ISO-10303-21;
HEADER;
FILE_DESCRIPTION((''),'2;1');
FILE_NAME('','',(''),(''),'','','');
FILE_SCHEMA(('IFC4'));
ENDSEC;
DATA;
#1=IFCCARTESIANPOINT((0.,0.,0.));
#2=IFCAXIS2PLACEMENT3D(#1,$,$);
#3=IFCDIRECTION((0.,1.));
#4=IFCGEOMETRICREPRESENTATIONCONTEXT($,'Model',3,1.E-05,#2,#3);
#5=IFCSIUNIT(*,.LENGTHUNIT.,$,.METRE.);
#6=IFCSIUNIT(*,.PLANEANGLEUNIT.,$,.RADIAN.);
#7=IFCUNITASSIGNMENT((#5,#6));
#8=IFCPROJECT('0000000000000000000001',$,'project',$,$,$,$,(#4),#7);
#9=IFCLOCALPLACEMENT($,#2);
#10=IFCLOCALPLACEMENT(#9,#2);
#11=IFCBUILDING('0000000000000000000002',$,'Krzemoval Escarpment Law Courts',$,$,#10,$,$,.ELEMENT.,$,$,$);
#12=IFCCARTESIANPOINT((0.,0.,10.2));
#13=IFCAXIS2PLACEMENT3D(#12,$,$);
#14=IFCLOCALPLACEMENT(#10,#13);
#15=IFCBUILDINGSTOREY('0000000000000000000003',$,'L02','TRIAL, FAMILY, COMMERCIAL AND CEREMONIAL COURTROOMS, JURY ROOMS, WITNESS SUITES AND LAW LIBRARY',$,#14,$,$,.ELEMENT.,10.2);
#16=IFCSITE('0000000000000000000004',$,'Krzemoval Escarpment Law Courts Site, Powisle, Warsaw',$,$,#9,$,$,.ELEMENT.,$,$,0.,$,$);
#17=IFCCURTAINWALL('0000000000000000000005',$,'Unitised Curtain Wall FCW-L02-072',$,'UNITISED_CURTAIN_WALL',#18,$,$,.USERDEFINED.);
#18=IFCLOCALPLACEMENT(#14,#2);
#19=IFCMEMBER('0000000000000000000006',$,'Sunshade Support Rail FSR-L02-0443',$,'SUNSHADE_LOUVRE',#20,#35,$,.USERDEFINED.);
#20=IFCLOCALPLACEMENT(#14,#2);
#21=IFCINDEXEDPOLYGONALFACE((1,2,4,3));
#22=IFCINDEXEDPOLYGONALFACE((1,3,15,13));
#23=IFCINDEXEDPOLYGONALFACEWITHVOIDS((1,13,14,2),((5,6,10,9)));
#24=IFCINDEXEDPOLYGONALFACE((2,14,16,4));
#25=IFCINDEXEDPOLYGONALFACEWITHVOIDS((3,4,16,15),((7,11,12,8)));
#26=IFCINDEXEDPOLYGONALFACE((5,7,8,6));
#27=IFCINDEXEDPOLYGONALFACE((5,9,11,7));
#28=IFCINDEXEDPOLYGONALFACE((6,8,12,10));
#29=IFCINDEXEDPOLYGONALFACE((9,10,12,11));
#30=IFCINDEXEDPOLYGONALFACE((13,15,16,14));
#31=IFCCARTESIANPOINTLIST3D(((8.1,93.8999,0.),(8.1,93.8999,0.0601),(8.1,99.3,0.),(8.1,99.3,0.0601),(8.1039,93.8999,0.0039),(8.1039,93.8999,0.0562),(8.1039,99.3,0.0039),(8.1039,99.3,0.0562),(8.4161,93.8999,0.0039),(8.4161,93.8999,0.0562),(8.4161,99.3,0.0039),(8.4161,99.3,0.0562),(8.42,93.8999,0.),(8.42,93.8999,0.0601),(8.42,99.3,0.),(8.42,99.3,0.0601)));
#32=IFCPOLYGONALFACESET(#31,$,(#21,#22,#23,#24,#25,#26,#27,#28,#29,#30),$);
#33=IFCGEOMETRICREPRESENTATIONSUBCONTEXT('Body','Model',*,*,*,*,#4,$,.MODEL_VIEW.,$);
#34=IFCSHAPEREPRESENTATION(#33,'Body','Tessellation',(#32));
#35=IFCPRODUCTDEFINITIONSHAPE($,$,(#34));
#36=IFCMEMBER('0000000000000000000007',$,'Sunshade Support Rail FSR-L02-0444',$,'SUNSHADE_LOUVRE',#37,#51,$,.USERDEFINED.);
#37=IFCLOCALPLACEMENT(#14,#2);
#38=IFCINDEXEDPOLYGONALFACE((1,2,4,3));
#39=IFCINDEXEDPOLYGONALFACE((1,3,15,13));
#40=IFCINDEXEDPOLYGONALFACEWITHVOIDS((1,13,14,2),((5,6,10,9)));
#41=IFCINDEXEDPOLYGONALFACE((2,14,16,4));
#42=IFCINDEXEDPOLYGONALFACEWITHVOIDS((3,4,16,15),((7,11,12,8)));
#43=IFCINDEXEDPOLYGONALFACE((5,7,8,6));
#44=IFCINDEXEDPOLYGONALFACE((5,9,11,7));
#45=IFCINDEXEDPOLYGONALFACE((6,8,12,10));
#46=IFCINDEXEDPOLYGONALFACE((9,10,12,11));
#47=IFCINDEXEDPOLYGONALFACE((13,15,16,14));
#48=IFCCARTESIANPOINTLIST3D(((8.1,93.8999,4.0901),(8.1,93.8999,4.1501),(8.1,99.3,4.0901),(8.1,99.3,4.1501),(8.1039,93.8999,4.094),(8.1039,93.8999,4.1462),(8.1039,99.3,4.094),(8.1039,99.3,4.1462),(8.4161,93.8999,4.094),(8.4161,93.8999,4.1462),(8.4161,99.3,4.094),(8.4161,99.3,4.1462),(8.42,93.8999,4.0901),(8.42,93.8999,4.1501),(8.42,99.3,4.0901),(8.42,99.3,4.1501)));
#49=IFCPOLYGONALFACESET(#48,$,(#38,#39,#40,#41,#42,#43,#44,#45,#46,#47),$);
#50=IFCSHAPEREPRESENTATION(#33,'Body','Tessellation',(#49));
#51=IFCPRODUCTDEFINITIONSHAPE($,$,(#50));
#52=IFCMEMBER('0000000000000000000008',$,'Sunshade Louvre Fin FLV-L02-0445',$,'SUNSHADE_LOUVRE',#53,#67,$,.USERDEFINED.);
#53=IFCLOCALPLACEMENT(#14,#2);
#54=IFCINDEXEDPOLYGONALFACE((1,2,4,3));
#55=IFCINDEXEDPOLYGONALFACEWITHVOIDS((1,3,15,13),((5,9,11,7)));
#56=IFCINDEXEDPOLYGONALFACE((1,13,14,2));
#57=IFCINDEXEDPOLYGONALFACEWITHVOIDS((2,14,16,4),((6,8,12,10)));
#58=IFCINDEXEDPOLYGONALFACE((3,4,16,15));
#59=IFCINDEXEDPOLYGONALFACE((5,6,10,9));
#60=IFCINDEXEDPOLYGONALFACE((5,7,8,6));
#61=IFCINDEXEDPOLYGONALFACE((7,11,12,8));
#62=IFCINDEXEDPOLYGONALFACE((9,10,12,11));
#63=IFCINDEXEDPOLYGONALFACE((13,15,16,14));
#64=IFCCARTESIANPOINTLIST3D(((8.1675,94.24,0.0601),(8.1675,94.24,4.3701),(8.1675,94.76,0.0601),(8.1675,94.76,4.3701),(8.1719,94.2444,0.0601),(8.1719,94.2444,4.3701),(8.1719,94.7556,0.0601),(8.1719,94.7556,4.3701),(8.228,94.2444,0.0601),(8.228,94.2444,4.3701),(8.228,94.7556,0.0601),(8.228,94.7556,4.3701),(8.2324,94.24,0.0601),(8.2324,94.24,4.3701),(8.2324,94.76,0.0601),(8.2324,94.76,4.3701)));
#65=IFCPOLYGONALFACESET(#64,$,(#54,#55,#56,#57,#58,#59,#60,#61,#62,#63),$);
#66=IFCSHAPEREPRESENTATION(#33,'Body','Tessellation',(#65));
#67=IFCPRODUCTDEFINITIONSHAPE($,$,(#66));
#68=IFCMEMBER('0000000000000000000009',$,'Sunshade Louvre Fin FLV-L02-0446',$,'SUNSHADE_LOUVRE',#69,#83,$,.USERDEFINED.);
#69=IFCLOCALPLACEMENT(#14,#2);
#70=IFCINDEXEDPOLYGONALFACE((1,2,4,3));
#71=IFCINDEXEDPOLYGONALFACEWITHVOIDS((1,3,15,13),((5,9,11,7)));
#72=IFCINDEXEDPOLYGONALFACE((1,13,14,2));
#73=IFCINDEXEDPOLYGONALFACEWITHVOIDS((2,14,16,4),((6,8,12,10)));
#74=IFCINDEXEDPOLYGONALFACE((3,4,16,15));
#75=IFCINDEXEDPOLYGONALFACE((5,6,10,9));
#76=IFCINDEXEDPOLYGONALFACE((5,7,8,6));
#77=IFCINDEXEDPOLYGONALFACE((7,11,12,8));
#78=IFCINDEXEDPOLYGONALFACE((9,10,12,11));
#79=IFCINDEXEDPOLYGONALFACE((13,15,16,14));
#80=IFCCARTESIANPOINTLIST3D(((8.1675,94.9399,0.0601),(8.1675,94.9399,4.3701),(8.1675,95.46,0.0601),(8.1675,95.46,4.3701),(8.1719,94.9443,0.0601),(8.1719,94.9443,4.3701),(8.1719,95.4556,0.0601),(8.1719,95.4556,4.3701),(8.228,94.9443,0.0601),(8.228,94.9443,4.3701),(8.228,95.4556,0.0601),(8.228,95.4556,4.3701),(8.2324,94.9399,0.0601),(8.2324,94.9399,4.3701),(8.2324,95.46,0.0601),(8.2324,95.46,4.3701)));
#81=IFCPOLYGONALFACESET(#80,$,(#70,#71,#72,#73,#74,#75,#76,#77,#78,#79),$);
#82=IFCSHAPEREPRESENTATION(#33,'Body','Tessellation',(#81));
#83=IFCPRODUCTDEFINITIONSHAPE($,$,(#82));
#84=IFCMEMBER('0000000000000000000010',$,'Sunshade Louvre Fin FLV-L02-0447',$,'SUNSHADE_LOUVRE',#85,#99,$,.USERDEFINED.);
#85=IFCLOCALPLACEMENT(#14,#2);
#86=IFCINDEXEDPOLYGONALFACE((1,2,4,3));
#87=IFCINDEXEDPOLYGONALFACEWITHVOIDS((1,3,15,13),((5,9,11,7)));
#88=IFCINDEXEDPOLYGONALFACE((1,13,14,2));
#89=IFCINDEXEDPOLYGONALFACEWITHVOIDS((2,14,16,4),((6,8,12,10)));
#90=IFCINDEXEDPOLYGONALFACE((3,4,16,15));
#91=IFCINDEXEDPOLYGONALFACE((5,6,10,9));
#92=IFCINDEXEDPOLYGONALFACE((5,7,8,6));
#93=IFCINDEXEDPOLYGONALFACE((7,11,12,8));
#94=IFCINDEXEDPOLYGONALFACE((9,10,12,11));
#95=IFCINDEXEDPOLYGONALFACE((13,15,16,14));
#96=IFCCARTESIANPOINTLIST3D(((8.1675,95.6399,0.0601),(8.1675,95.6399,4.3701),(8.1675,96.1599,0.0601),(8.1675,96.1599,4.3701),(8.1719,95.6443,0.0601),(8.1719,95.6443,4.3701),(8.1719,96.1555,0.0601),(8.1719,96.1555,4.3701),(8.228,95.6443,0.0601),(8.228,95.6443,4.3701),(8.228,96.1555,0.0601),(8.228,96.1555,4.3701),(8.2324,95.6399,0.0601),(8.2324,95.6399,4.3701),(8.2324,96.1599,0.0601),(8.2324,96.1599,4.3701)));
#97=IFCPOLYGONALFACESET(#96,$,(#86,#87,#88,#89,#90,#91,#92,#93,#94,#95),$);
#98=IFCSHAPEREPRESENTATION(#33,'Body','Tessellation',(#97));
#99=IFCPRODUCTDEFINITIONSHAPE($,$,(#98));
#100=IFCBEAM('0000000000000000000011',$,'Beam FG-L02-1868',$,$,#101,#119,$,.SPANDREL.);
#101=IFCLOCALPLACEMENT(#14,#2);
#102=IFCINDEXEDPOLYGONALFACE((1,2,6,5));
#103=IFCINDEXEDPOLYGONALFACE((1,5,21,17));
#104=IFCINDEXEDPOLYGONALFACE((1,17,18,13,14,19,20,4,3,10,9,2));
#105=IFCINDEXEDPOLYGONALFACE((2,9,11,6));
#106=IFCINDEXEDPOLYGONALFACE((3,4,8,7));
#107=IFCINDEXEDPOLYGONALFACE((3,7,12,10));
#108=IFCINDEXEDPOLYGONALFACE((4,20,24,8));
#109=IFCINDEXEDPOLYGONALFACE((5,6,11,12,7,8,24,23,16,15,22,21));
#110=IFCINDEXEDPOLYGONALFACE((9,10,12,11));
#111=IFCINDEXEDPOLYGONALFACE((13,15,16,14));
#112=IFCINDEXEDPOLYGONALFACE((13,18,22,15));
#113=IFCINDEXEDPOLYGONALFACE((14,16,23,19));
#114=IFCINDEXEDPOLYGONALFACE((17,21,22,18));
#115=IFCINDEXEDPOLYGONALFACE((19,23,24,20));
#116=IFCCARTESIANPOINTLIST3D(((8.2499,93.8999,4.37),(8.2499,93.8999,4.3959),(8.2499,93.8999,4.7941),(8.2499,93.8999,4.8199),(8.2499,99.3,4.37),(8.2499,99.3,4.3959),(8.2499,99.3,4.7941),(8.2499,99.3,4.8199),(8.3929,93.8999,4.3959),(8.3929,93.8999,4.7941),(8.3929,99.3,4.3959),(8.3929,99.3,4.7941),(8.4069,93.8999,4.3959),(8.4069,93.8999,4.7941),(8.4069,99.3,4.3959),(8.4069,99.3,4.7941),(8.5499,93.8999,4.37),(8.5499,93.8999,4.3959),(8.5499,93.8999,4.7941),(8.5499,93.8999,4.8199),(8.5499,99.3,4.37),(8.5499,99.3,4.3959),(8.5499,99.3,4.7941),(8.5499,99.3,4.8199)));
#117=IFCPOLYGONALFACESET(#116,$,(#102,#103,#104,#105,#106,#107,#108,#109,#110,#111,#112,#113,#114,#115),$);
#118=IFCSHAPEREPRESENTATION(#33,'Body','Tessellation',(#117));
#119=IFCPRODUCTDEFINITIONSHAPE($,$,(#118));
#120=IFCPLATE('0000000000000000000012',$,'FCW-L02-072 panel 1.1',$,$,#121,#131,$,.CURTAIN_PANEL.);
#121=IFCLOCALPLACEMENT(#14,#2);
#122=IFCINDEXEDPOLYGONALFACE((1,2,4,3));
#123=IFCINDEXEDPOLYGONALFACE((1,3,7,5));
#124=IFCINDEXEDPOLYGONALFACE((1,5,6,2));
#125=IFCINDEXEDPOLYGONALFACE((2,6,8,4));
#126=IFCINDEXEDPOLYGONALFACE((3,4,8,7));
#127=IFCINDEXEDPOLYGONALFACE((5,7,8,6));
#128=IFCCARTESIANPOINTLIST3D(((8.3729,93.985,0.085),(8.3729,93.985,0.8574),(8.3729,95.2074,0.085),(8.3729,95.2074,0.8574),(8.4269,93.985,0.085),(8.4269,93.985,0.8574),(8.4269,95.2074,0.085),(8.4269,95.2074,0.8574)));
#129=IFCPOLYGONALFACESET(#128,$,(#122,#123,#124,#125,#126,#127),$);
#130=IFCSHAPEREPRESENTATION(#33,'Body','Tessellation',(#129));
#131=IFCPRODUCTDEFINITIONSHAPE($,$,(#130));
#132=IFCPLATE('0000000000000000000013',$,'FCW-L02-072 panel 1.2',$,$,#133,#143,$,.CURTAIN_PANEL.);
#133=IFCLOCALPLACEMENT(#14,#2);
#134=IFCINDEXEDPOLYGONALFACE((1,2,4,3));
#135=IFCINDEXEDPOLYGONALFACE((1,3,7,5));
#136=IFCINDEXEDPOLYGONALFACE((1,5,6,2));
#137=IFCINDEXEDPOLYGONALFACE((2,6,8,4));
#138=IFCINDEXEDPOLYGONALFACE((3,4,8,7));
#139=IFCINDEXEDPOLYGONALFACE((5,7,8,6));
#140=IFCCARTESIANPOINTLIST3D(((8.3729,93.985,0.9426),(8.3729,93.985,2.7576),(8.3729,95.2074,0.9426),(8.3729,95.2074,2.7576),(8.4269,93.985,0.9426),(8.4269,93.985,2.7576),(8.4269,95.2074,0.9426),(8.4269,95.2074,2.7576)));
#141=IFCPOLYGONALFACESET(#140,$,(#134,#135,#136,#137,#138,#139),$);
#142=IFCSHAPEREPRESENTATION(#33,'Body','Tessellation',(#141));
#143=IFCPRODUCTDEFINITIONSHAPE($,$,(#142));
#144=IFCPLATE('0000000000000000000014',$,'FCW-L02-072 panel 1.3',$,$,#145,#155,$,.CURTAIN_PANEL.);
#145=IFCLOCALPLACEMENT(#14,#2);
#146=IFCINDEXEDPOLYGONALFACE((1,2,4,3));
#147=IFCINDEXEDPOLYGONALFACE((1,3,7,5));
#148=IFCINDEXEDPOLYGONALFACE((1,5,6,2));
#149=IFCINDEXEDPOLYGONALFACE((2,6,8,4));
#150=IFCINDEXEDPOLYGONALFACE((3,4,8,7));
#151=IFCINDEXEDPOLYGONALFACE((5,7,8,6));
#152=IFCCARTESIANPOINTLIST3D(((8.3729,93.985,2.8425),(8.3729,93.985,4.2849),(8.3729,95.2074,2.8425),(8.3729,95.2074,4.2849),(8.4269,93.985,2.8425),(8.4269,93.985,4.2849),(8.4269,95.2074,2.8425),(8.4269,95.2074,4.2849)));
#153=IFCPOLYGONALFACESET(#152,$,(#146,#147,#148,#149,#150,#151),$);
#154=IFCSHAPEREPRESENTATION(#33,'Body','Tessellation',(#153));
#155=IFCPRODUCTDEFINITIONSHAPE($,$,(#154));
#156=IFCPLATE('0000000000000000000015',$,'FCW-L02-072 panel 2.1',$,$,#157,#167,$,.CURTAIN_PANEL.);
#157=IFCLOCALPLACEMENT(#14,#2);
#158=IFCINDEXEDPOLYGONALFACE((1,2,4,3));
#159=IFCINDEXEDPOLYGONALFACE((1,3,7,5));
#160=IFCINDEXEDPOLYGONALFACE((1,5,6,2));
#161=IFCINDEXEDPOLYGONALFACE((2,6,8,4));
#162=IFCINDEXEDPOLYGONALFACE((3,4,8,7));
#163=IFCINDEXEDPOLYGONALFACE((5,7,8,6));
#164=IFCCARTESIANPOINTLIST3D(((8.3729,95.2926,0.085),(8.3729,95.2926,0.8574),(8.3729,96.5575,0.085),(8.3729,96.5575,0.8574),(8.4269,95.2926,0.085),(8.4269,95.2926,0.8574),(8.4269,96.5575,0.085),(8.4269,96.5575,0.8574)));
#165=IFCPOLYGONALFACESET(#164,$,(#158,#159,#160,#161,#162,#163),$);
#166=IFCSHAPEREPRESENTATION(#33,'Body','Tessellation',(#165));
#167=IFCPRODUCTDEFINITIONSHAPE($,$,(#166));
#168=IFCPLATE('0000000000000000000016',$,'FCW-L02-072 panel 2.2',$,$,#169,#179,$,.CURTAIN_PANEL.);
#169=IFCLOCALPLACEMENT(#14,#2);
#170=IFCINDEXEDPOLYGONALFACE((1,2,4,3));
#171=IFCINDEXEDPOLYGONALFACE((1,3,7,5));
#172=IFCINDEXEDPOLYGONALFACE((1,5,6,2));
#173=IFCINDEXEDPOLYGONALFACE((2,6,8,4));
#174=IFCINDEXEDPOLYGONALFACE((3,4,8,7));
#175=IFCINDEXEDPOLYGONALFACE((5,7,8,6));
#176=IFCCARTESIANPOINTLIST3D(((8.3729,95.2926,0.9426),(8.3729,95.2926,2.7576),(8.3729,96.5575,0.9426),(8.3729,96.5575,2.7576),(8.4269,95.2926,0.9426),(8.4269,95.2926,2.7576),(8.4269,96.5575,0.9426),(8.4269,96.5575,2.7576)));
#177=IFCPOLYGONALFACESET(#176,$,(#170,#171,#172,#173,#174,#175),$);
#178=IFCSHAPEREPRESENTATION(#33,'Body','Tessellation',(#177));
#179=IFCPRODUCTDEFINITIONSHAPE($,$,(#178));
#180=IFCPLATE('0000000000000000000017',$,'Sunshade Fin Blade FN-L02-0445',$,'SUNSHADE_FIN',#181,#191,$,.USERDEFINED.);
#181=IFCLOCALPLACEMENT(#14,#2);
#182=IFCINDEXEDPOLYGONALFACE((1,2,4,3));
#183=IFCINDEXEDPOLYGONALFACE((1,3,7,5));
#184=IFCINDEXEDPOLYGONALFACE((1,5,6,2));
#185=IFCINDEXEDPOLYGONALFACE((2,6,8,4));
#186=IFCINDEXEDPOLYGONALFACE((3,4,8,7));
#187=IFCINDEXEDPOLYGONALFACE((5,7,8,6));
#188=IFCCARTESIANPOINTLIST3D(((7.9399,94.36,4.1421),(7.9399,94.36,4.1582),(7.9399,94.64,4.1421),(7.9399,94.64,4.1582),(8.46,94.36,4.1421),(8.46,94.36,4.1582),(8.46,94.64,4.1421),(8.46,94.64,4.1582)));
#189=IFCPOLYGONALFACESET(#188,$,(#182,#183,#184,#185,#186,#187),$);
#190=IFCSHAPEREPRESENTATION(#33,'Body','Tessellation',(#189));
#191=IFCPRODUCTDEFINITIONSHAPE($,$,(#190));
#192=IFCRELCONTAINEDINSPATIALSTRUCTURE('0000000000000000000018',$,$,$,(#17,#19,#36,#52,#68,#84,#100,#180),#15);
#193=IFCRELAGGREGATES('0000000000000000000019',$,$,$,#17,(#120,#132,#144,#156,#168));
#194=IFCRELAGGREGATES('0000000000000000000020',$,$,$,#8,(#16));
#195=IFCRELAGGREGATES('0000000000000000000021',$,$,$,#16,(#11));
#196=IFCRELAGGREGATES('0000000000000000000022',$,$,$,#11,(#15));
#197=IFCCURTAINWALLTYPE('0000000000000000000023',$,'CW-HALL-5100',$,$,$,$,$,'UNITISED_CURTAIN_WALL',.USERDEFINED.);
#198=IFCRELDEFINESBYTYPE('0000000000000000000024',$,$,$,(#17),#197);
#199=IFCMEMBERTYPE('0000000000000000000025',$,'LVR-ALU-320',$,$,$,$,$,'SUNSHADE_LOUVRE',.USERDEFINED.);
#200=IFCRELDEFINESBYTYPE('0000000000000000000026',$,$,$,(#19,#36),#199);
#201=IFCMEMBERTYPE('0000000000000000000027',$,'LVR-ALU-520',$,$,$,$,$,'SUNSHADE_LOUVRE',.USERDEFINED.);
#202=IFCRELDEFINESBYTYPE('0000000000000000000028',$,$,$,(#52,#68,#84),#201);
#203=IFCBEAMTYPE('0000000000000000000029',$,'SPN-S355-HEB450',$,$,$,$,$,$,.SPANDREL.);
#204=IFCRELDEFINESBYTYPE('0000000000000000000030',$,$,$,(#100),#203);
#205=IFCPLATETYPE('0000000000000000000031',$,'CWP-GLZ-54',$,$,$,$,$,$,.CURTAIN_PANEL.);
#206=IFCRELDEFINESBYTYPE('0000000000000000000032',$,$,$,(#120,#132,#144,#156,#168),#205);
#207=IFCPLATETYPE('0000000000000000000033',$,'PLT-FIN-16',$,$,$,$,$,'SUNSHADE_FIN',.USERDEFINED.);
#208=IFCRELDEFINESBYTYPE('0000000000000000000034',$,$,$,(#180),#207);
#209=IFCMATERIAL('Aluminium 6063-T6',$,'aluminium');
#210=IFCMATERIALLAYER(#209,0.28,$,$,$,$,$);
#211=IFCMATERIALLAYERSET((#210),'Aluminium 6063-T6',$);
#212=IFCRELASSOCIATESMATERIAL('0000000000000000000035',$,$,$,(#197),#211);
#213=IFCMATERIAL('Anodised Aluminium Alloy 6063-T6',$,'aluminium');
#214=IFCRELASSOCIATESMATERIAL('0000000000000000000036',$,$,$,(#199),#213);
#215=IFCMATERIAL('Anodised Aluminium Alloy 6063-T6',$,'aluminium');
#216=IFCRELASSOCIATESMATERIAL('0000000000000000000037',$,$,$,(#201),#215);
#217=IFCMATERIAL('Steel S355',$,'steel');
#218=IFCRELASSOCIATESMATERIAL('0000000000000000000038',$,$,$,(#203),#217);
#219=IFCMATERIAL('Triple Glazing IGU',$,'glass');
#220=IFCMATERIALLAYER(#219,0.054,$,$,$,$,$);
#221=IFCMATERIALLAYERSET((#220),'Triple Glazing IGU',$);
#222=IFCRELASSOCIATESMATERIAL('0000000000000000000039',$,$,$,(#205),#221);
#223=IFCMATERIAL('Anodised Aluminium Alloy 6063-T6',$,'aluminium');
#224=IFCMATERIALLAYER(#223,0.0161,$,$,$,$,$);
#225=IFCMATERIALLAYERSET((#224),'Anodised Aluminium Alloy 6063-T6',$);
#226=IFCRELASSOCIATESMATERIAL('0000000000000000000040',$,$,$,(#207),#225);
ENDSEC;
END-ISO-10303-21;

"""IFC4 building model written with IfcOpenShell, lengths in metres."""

from ifc_helpers import new_model, si_unit, direction, frame, origin, origin_2d, place, context, subcontext, project, spatial, rectangle, hollow_rectangle, i_section, extrude, material, layer, layer_set, material_profile, profile_set, type_object, element, aggregate, save


model = new_model("IFC4")

# Units and contexts
model_context = context("Model", 3, precision=1e-05, world=origin(), true_north=direction((0.0, 1.0)))
body_context = subcontext(model_context, "Body", "Model", "MODEL_VIEW")
ifc_project = project(units=[si_unit("LENGTHUNIT", "METRE"), si_unit("PLANEANGLEUNIT", "RADIAN")], contexts=[model_context])

# Site, building, storey
site_placement = place(None, origin())
site = spatial("IfcSite", under=ifc_project, at=site_placement, Name="Krzemoval Escarpment Law Courts Site, Powisle, Warsaw", CompositionType="ELEMENT", RefElevation=0.0)
building_placement = place(site_placement, origin())
building = spatial("IfcBuilding", under=site, at=building_placement, Name="Krzemoval Escarpment Law Courts", CompositionType="ELEMENT")
storey_placement = place(building_placement, frame((0.0, 0.0, 10.2)))
storey = spatial("IfcBuildingStorey", under=building, at=storey_placement, Name="L02", Description="TRIAL, FAMILY, COMMERCIAL AND CEREMONIAL COURTROOMS, JURY ROOMS, WITNESS SUITES AND LAW LIBRARY", CompositionType="ELEMENT", Elevation=10.2)

# Curtain wall
ifc_material_1 = material(Name="Aluminium 6063-T6", Category="aluminium")
ifc_layer_1 = layer(ifc_material_1, 0.28)
ifc_layer_set_1 = layer_set([ifc_layer_1], Name="Aluminium 6063-T6")
curtain_wall_type = type_object("IfcCurtainWallType", Name="CW-HALL-5100", ElementType="UNITISED_CURTAIN_WALL", PredefinedType="USERDEFINED", material=ifc_layer_set_1)
curtain_wall_placement = place(storey_placement, origin())
curtain_wall = element("IfcCurtainWall", 1, at=curtain_wall_placement, inside=storey, type_object=curtain_wall_type, Name="Unitised Curtain Wall FCW-L02-072", ObjectType="UNITISED_CURTAIN_WALL", PredefinedType="USERDEFINED")

# Members
ifc_material_2 = material(Name="Anodised Aluminium Alloy 6063-T6", Category="aluminium")
ifc_material_profile_1 = material_profile(ifc_material_2, hollow_rectangle(XDim=0.0601, YDim=0.3201, WallThickness=0.0039, at=origin_2d()), Name="ALU LVR 60x320")
ifc_profile_set_1 = profile_set([ifc_material_profile_1], Name="Anodised Aluminium Alloy 6063-T6")
member_type_1 = type_object("IfcMemberType", Name="LVR-ALU-320", ElementType="SUNSHADE_LOUVRE", PredefinedType="USERDEFINED", material=ifc_profile_set_1)
for number, where, z_axis, x_axis, name in (
    (2, (8.26, 93.8999, 0.03), (0.0, 1.0, 0.0), (0.0, 0.0, 1.0), "Sunshade Support Rail FSR-L02-0443"),
    (3, (8.26, 93.8999, 4.1201), (0.0, 1.0, 0.0), (0.0, 0.0, 1.0), "Sunshade Support Rail FSR-L02-0444"),
):
    element("IfcMember", number, at=place(storey_placement, frame(where, z_axis=z_axis, x_axis=x_axis)), inside=storey, type_object=member_type_1, Name=name, ObjectType="SUNSHADE_LOUVRE", PredefinedType="USERDEFINED", context=body_context, shape_type="SweptSolid", body=[
        extrude(hollow_rectangle(XDim=0.0601, YDim=0.3201, WallThickness=0.0039, at=origin_2d()), origin(), (0.0, 0.0, 1.0), 5.4001),
    ])
ifc_material_3 = material(Name="Anodised Aluminium Alloy 6063-T6", Category="aluminium")
ifc_material_profile_2 = material_profile(ifc_material_3, hollow_rectangle(XDim=0.0649, YDim=0.52, WallThickness=0.0044, at=origin_2d()), Name="ALU LVR 65x520")
ifc_profile_set_2 = profile_set([ifc_material_profile_2], Name="Anodised Aluminium Alloy 6063-T6")
member_type_2 = type_object("IfcMemberType", Name="LVR-ALU-520", ElementType="SUNSHADE_LOUVRE", PredefinedType="USERDEFINED", material=ifc_profile_set_2)
for number, where, z_axis, x_axis, name in (
    (4, (8.2, 94.5, 0.0601), (0.0, 0.0, 1.0), (1.0, 0.0, 0.0), "Sunshade Louvre Fin FLV-L02-0445"),
    (5, (8.2, 95.2, 0.0601), (0.0, 0.0, 1.0), (1.0, 0.0, 0.0), "Sunshade Louvre Fin FLV-L02-0446"),
    (6, (8.2, 95.8999, 0.0601), (0.0, 0.0, 1.0), (1.0, 0.0, 0.0), "Sunshade Louvre Fin FLV-L02-0447"),
):
    element("IfcMember", number, at=place(storey_placement, frame(where, z_axis=z_axis, x_axis=x_axis)), inside=storey, type_object=member_type_2, Name=name, ObjectType="SUNSHADE_LOUVRE", PredefinedType="USERDEFINED", context=body_context, shape_type="SweptSolid", body=[
        extrude(hollow_rectangle(XDim=0.0649, YDim=0.52, WallThickness=0.0044, at=origin_2d()), origin(), (0.0, 0.0, 1.0), 4.3101),
    ])

# Beam
ifc_material_4 = material(Name="Steel S355", Category="steel")
ifc_material_profile_3 = material_profile(ifc_material_4, i_section(OverallWidth=0.3, OverallDepth=0.45, WebThickness=0.0139, FlangeThickness=0.0259, at=origin_2d()), Name="HEB 450")
ifc_profile_set_3 = profile_set([ifc_material_profile_3], Name="Steel S355")
beam_type = type_object("IfcBeamType", Name="SPN-S355-HEB450", PredefinedType="SPANDREL", material=ifc_profile_set_3)
beam_placement = place(storey_placement, frame((8.3999, 93.8999, 4.595), z_axis=(0.0, 1.0, 0.0), x_axis=(-1.0, 0.0, 0.0)))
element("IfcBeam", 7, at=beam_placement, inside=storey, type_object=beam_type, Name="Beam FG-L02-1868", PredefinedType="SPANDREL", context=body_context, shape_type="SweptSolid", body=[
    extrude(i_section(OverallWidth=0.3, OverallDepth=0.45, WebThickness=0.0139, FlangeThickness=0.0259, at=origin_2d()), origin(), (0.0, 0.0, 1.0), 5.4001),
])

# Plates
ifc_material_5 = material(Name="Triple Glazing IGU", Category="glass")
ifc_layer_2 = layer(ifc_material_5, 0.054)
ifc_layer_set_2 = layer_set([ifc_layer_2], Name="Triple Glazing IGU")
plate_type_1 = type_object("IfcPlateType", Name="CWP-GLZ-54", PredefinedType="CURTAIN_PANEL", material=ifc_layer_set_2)
plate_1_placement = place(storey_placement, frame((8.3999, 94.5962, 0.085), z_axis=(0.0, 0.0, 1.0), x_axis=(0.0, 1.0, 0.0)))
plate_1 = element("IfcPlate", 8, at=plate_1_placement, type_object=plate_type_1, Name="FCW-L02-072 panel 1.1", PredefinedType="CURTAIN_PANEL", context=body_context, shape_type="SweptSolid", body=[
    extrude(rectangle(XDim=1.2224, YDim=0.054, at=origin_2d()), origin(), (0.0, 0.0, 1.0), 0.7725),
])
plate_2_placement = place(storey_placement, frame((8.3999, 94.5962, 0.9426), z_axis=(0.0, 0.0, 1.0), x_axis=(0.0, 1.0, 0.0)))
plate_2 = element("IfcPlate", 9, at=plate_2_placement, type_object=plate_type_1, Name="FCW-L02-072 panel 1.2", PredefinedType="CURTAIN_PANEL", context=body_context, shape_type="SweptSolid", body=[
    extrude(rectangle(XDim=1.2224, YDim=0.054, at=origin_2d()), origin(), (0.0, 0.0, 1.0), 1.8149),
])
plate_3_placement = place(storey_placement, frame((8.3999, 94.5962, 2.8425), z_axis=(0.0, 0.0, 1.0), x_axis=(0.0, 1.0, 0.0)))
plate_3 = element("IfcPlate", 10, at=plate_3_placement, type_object=plate_type_1, Name="FCW-L02-072 panel 1.3", PredefinedType="CURTAIN_PANEL", context=body_context, shape_type="SweptSolid", body=[
    extrude(rectangle(XDim=1.2224, YDim=0.054, at=origin_2d()), origin(), (0.0, 0.0, 1.0), 1.4424),
])
plate_4_placement = place(storey_placement, frame((8.3999, 95.925, 0.085), z_axis=(0.0, 0.0, 1.0), x_axis=(0.0, 1.0, 0.0)))
plate_4 = element("IfcPlate", 11, at=plate_4_placement, type_object=plate_type_1, Name="FCW-L02-072 panel 2.1", PredefinedType="CURTAIN_PANEL", context=body_context, shape_type="SweptSolid", body=[
    extrude(rectangle(XDim=1.2649, YDim=0.054, at=origin_2d()), origin(), (0.0, 0.0, 1.0), 0.7725),
])
plate_5_placement = place(storey_placement, frame((8.3999, 95.925, 0.9426), z_axis=(0.0, 0.0, 1.0), x_axis=(0.0, 1.0, 0.0)))
plate_5 = element("IfcPlate", 12, at=plate_5_placement, type_object=plate_type_1, Name="FCW-L02-072 panel 2.2", PredefinedType="CURTAIN_PANEL", context=body_context, shape_type="SweptSolid", body=[
    extrude(rectangle(XDim=1.2649, YDim=0.054, at=origin_2d()), origin(), (0.0, 0.0, 1.0), 1.8149),
])
aggregate(curtain_wall, [plate_1, plate_2, plate_3, plate_4, plate_5])
ifc_material_6 = material(Name="Anodised Aluminium Alloy 6063-T6", Category="aluminium")
ifc_layer_3 = layer(ifc_material_6, 0.0161)
ifc_layer_set_3 = layer_set([ifc_layer_3], Name="Anodised Aluminium Alloy 6063-T6")
plate_type_2 = type_object("IfcPlateType", Name="PLT-FIN-16", ElementType="SUNSHADE_FIN", PredefinedType="USERDEFINED", material=ifc_layer_set_3)
plate_6_placement = place(storey_placement, frame((8.2, 94.5, 4.1421), z_axis=(0.0, 0.0, 1.0), x_axis=(-1.0, 0.0, 0.0)))
element("IfcPlate", 13, at=plate_6_placement, inside=storey, type_object=plate_type_2, Name="Sunshade Fin Blade FN-L02-0445", ObjectType="SUNSHADE_FIN", PredefinedType="USERDEFINED", context=body_context, shape_type="SweptSolid", body=[
    extrude(rectangle(XDim=0.52, YDim=0.28, at=origin_2d()), origin(), (0.0, 0.0, 1.0), 0.0161),
])

save(model, "model.ifc")
